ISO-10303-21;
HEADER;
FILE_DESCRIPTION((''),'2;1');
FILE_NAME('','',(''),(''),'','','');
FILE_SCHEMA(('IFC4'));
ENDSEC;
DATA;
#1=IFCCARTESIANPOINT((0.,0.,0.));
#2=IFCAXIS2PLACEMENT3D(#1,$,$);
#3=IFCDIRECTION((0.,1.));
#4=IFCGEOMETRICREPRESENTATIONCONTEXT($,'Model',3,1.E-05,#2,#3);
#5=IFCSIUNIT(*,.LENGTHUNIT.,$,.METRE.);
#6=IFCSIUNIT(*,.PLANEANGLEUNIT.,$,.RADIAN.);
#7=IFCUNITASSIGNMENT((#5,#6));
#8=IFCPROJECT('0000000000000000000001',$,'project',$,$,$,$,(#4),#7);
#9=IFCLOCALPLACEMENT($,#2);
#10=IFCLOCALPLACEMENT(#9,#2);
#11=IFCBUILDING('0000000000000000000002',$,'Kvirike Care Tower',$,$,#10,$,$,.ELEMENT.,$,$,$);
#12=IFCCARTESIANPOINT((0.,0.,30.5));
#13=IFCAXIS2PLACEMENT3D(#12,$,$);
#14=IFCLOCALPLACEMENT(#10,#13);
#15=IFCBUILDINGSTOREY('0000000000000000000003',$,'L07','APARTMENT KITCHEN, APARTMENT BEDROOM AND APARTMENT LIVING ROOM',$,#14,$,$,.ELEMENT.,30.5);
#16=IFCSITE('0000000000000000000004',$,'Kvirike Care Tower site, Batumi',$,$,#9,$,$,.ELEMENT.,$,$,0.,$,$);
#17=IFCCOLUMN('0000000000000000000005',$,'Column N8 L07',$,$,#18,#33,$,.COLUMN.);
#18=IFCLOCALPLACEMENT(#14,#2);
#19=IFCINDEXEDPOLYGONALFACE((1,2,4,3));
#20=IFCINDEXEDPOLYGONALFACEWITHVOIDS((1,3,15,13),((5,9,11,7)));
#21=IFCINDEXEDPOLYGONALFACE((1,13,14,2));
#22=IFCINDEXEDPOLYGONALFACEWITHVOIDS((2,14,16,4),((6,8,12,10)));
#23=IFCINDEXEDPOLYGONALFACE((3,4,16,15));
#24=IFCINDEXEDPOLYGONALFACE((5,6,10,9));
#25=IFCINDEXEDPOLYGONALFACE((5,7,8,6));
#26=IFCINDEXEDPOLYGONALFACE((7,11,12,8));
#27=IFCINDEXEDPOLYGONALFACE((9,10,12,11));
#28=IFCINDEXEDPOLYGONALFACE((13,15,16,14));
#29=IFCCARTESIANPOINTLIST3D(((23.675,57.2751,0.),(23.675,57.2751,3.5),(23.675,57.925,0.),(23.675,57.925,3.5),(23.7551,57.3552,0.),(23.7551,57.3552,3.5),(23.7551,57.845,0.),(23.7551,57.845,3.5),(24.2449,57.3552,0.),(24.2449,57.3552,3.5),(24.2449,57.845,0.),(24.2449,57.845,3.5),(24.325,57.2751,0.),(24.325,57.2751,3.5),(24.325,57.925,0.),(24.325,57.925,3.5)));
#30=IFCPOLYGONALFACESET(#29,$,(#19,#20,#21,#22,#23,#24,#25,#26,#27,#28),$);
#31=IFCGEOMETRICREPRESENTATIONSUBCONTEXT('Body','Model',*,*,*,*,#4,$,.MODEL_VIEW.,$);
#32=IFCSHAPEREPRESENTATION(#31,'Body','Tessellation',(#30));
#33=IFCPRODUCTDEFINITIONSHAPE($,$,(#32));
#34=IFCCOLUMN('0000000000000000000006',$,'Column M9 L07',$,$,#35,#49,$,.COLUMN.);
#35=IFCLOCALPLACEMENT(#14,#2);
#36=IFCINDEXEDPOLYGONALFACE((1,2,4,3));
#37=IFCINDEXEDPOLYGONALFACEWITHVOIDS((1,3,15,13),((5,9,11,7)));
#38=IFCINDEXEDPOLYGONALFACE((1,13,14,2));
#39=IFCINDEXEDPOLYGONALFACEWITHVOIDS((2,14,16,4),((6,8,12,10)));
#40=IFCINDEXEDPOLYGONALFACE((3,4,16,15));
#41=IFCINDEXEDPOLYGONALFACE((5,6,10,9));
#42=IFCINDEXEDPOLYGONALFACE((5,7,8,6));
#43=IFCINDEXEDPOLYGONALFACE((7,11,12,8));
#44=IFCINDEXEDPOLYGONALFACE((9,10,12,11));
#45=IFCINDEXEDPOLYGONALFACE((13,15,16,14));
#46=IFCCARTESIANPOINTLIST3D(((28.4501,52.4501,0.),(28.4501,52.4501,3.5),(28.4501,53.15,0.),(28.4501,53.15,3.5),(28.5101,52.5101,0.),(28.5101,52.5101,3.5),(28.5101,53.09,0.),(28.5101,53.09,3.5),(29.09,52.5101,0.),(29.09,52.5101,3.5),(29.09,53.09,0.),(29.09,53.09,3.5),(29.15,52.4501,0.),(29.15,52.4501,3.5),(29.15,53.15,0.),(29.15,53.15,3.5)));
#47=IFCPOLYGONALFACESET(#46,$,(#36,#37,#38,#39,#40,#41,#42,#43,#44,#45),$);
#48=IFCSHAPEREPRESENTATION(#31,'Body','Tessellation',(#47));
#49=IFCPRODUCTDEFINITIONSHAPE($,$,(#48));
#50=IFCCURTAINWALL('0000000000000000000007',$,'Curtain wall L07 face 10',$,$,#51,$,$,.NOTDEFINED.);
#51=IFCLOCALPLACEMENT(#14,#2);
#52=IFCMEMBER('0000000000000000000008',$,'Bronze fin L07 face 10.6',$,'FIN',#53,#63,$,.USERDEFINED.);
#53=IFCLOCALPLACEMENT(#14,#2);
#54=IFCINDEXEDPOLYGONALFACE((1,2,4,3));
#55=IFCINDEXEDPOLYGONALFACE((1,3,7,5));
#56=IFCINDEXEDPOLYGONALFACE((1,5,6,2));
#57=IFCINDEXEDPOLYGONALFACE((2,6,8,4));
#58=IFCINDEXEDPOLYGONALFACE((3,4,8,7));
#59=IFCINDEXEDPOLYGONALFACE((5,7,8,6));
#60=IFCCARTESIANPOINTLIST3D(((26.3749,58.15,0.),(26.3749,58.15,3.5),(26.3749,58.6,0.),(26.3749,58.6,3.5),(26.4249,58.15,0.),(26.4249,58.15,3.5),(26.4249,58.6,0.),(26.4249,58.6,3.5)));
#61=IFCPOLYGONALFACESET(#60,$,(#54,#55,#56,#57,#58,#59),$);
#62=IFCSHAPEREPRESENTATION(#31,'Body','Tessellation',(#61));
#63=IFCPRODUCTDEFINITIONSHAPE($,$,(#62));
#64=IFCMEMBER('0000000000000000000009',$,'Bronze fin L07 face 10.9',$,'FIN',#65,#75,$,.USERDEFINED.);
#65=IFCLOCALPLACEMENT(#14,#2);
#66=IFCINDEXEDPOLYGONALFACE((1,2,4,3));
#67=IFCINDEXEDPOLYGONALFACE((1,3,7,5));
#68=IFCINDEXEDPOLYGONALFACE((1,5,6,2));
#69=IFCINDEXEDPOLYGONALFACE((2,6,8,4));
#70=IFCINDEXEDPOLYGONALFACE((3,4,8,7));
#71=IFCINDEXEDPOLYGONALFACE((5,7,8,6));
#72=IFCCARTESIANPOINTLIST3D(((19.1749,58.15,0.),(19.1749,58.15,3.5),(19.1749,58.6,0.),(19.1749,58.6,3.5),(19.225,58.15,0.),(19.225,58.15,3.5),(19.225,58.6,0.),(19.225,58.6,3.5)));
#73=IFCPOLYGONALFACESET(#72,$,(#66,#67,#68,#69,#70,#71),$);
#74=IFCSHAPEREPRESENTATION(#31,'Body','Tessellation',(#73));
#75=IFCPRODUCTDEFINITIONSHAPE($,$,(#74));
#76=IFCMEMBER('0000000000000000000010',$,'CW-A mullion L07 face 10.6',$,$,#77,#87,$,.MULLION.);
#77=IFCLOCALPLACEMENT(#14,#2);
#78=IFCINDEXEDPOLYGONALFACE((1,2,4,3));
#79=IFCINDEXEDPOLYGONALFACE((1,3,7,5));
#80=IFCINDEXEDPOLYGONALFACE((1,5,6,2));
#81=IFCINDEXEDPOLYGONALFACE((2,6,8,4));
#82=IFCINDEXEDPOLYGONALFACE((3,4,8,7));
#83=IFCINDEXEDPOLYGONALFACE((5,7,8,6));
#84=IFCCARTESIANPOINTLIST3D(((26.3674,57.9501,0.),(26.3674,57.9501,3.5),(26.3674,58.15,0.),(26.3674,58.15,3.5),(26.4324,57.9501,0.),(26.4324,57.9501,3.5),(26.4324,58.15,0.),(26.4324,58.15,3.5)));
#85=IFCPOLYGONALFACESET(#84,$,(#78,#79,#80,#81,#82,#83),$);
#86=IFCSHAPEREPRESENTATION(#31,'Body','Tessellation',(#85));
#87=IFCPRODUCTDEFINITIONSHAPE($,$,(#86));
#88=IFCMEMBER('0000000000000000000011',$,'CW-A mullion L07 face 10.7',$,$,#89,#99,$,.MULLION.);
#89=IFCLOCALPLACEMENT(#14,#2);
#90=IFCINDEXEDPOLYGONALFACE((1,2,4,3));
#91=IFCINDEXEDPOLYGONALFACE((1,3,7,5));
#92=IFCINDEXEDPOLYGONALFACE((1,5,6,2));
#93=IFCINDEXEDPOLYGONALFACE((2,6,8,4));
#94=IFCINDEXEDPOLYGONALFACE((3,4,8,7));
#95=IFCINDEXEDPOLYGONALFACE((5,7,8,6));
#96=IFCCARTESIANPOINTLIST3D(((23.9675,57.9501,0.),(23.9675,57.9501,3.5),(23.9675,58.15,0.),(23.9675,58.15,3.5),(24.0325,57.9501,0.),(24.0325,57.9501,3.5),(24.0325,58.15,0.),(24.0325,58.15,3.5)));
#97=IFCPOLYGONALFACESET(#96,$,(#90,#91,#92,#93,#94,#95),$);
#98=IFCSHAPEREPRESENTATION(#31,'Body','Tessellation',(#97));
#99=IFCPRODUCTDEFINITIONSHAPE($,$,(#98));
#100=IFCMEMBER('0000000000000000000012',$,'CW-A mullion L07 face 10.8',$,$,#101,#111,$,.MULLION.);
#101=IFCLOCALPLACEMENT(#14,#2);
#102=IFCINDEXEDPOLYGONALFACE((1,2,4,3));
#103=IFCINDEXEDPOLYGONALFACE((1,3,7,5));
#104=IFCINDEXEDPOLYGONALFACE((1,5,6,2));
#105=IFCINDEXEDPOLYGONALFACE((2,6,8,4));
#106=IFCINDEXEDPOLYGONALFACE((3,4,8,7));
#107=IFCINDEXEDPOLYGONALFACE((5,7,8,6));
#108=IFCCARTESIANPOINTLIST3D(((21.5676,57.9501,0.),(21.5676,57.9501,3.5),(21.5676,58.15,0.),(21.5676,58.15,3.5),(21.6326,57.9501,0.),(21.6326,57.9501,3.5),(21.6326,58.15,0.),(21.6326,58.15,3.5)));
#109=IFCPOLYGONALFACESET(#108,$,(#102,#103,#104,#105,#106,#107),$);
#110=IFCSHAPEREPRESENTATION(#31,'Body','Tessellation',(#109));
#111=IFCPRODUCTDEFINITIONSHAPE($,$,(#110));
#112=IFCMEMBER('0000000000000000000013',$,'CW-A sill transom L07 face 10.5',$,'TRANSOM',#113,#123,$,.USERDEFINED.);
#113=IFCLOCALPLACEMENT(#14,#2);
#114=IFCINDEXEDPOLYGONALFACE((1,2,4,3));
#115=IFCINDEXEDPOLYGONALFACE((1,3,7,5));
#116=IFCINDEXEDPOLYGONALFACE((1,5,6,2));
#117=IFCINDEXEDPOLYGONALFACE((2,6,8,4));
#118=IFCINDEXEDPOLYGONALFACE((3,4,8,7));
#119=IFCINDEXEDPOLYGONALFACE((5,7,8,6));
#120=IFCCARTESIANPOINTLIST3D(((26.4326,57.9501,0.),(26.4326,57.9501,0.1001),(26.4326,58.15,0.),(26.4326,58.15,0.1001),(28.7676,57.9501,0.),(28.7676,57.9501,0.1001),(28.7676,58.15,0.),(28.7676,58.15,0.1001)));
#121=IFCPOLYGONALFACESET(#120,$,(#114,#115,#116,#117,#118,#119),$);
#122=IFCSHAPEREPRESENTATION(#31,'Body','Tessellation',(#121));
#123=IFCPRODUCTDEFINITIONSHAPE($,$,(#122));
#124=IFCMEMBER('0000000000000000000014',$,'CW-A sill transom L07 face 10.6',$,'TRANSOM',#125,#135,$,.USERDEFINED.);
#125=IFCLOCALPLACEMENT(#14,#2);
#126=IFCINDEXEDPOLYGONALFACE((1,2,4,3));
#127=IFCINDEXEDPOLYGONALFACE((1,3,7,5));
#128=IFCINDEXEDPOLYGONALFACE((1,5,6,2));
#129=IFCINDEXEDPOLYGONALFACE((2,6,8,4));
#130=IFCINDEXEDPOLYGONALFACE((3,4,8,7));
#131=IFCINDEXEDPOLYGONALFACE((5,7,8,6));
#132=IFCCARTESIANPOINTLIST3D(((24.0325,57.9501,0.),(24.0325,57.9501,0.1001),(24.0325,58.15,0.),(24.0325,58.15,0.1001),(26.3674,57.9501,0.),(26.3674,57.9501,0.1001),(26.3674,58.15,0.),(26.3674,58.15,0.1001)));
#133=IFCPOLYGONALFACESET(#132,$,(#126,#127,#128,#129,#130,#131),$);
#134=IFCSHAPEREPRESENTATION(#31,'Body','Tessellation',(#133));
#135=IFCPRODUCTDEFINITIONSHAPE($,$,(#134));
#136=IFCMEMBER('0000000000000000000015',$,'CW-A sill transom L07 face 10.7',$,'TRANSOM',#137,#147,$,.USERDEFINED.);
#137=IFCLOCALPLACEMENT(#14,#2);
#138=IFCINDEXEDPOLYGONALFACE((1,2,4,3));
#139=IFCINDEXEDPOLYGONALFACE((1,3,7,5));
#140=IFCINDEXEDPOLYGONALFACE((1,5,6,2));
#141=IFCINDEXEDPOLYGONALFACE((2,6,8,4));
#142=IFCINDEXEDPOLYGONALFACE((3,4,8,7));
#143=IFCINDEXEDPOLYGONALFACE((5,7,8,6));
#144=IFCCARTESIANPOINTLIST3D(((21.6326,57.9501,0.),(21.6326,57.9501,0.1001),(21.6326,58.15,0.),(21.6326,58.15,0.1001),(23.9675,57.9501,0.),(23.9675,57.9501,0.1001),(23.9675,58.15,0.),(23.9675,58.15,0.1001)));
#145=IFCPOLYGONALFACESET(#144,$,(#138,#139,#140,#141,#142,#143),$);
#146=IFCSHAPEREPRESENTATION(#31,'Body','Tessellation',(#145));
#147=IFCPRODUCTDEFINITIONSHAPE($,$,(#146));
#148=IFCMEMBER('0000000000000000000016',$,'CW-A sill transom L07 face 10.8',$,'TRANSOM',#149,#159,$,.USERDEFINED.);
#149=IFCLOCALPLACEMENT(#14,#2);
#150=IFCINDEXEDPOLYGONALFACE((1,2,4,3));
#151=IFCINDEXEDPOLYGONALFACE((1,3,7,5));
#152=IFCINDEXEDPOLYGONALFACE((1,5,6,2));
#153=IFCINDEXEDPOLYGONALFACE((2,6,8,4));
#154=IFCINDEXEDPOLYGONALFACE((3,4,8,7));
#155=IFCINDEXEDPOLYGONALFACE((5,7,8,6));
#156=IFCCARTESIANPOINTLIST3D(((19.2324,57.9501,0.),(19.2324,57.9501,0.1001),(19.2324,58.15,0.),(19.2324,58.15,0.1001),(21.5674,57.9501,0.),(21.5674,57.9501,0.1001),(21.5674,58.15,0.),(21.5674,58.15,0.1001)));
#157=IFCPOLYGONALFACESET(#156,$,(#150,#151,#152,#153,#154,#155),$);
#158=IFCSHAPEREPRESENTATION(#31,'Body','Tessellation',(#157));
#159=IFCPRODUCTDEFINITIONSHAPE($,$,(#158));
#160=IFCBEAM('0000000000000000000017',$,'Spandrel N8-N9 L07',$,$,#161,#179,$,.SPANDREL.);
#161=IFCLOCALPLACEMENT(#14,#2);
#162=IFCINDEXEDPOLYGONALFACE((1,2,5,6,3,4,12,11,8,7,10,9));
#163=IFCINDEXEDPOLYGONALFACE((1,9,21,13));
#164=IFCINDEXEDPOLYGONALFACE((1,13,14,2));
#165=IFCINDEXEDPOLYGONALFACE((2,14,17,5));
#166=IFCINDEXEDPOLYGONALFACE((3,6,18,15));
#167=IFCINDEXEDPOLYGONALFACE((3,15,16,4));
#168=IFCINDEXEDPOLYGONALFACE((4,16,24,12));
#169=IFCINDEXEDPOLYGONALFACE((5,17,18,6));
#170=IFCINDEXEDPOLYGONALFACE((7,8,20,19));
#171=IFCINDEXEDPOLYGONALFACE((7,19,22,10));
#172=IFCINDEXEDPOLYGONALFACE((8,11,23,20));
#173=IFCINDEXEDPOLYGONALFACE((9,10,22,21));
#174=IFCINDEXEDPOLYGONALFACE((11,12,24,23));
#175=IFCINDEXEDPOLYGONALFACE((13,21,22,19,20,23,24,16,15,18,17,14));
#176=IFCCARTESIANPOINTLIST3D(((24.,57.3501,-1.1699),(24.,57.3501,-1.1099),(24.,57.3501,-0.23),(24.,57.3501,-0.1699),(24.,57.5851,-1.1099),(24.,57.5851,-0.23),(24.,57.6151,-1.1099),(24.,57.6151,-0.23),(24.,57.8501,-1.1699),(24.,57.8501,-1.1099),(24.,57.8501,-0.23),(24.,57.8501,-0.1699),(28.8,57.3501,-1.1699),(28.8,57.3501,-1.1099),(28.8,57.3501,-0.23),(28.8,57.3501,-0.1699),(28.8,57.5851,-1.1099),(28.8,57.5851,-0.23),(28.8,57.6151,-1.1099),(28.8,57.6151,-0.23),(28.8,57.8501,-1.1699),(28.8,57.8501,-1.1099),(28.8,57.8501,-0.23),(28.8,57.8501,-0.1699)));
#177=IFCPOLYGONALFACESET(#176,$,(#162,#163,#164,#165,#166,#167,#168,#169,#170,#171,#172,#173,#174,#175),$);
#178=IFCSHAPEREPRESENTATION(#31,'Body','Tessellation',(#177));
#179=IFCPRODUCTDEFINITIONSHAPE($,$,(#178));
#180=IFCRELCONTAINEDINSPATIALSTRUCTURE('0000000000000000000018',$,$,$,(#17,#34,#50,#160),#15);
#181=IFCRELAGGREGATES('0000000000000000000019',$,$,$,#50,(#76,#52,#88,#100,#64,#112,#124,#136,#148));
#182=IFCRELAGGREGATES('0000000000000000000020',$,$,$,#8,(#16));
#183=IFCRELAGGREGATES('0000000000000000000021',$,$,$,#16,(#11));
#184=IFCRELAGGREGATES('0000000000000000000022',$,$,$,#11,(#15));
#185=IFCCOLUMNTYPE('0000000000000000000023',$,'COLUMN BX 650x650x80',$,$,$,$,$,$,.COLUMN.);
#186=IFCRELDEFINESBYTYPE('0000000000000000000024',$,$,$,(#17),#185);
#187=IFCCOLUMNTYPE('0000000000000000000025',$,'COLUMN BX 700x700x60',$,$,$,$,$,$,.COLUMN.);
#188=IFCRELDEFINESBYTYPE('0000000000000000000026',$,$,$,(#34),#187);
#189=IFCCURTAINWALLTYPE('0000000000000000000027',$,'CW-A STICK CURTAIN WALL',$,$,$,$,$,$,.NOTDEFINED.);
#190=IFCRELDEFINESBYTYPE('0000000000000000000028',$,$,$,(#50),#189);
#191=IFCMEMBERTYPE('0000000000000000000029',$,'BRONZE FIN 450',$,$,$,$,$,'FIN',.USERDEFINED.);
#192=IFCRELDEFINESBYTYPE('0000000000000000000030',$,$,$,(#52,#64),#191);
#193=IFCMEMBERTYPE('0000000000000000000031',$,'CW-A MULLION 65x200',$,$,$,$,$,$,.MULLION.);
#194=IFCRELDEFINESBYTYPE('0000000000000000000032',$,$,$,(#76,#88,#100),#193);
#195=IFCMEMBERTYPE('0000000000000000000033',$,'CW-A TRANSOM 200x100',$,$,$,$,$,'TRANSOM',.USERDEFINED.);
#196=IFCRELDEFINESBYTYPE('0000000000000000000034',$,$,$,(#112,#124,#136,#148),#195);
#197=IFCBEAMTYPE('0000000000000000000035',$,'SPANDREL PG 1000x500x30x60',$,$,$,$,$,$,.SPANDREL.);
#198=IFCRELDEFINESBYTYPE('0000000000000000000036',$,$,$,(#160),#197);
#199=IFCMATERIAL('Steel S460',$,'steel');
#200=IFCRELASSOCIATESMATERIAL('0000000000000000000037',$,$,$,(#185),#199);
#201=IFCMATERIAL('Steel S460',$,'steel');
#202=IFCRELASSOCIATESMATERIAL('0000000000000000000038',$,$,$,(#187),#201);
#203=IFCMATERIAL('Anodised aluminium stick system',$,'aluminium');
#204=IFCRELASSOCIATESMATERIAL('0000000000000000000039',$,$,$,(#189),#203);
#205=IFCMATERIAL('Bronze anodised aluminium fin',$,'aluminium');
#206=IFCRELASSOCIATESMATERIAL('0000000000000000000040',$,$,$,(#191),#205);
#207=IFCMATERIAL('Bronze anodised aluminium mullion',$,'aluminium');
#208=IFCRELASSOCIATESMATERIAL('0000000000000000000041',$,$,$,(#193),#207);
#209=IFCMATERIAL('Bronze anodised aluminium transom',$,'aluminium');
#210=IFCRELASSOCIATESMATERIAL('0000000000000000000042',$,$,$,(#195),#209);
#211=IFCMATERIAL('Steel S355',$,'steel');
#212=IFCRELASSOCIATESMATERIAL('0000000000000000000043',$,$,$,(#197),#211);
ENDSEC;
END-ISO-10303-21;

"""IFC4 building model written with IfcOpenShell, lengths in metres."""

from ifc_helpers import new_model, si_unit, direction, frame, origin, origin_2d, place, context, subcontext, project, spatial, rectangle, hollow_rectangle, i_section, extrude, material, material_profile, profile_set, type_object, element, aggregate, save


model = new_model("IFC4")

# Units and contexts
model_context = context("Model", 3, precision=1e-05, world=origin(), true_north=direction((0.0, 1.0)))
body_context = subcontext(model_context, "Body", "Model", "MODEL_VIEW")
ifc_project = project(units=[si_unit("LENGTHUNIT", "METRE"), si_unit("PLANEANGLEUNIT", "RADIAN")], contexts=[model_context])

# Site, building, storey
site_placement = place(None, origin())
site = spatial("IfcSite", under=ifc_project, at=site_placement, Name="Kvirike Care Tower site, Batumi", CompositionType="ELEMENT", RefElevation=0.0)
building_placement = place(site_placement, origin())
building = spatial("IfcBuilding", under=site, at=building_placement, Name="Kvirike Care Tower", CompositionType="ELEMENT")
storey_placement = place(building_placement, frame((0.0, 0.0, 30.5)))
storey = spatial("IfcBuildingStorey", under=building, at=storey_placement, Name="L07", Description="APARTMENT KITCHEN, APARTMENT BEDROOM AND APARTMENT LIVING ROOM", CompositionType="ELEMENT", Elevation=30.5)

# Columns
ifc_material_1 = material(Name="Steel S460", Category="steel")
ifc_material_profile_1 = material_profile(ifc_material_1, hollow_rectangle(XDim=0.6499, YDim=0.6499, WallThickness=0.0801, at=origin_2d()), Name="BX 650x650x80")
ifc_profile_set_1 = profile_set([ifc_material_profile_1], Name="Steel S460")
column_type_1 = type_object("IfcColumnType", Name="COLUMN BX 650x650x80", PredefinedType="COLUMN", material=ifc_profile_set_1)
column_1_placement = place(storey_placement, frame((24.0, 57.6001, 0.0), z_axis=(0.0, 0.0, 1.0), x_axis=(0.0, 1.0, 0.0)))
element("IfcColumn", 1, at=column_1_placement, inside=storey, type_object=column_type_1, Name="Column N8 L07", PredefinedType="COLUMN", context=body_context, shape_type="SweptSolid", body=[
    extrude(hollow_rectangle(XDim=0.6499, YDim=0.6499, WallThickness=0.0801, at=origin_2d()), origin(), (0.0, 0.0, 1.0), 3.5),
])
ifc_material_2 = material(Name="Steel S460", Category="steel")
ifc_material_profile_2 = material_profile(ifc_material_2, hollow_rectangle(XDim=0.7, YDim=0.7, WallThickness=0.0601, at=origin_2d()), Name="BX 700x700x60")
ifc_profile_set_2 = profile_set([ifc_material_profile_2], Name="Steel S460")
column_type_2 = type_object("IfcColumnType", Name="COLUMN BX 700x700x60", PredefinedType="COLUMN", material=ifc_profile_set_2)
column_2_placement = place(storey_placement, frame((28.8, 52.8, 0.0), z_axis=(0.0, 0.0, 1.0), x_axis=(1.0, 0.0, 0.0)))
element("IfcColumn", 2, at=column_2_placement, inside=storey, type_object=column_type_2, Name="Column M9 L07", PredefinedType="COLUMN", context=body_context, shape_type="SweptSolid", body=[
    extrude(hollow_rectangle(XDim=0.7, YDim=0.7, WallThickness=0.0601, at=origin_2d()), origin(), (0.0, 0.0, 1.0), 3.5),
])

# Curtain wall, members
ifc_material_3 = material(Name="Anodised aluminium stick system", Category="aluminium")
curtain_wall_type = type_object("IfcCurtainWallType", Name="CW-A STICK CURTAIN WALL", PredefinedType="NOTDEFINED", material=ifc_material_3)
curtain_wall_placement = place(storey_placement, origin())
curtain_wall = element("IfcCurtainWall", 3, at=curtain_wall_placement, inside=storey, type_object=curtain_wall_type, Name="Curtain wall L07 face 10", PredefinedType="NOTDEFINED")
ifc_material_4 = material(Name="Bronze anodised aluminium fin", Category="aluminium")
ifc_material_profile_3 = material_profile(ifc_material_4, rectangle(XDim=0.05, YDim=0.45, at=origin_2d()), Name="BRONZE FIN 450")
ifc_profile_set_3 = profile_set([ifc_material_profile_3], Name="Bronze anodised aluminium fin")
member_type_1 = type_object("IfcMemberType", Name="BRONZE FIN 450", ElementType="FIN", PredefinedType="USERDEFINED", material=ifc_profile_set_3)
member_1_placement = place(storey_placement, frame((26.3999, 58.375, 0.0), z_axis=(0.0, 0.0, 1.0), x_axis=(-1.0, 0.0, 0.0)))
member_1 = element("IfcMember", 4, at=member_1_placement, type_object=member_type_1, Name="Bronze fin L07 face 10.6", ObjectType="FIN", PredefinedType="USERDEFINED", context=body_context, shape_type="SweptSolid", body=[
    extrude(rectangle(XDim=0.05, YDim=0.45, at=origin_2d()), origin(), (0.0, 0.0, 1.0), 3.5),
])
member_2_placement = place(storey_placement, frame((19.2, 58.375, 0.0), z_axis=(0.0, 0.0, 1.0), x_axis=(-1.0, 0.0, 0.0)))
member_2 = element("IfcMember", 5, at=member_2_placement, type_object=member_type_1, Name="Bronze fin L07 face 10.9", ObjectType="FIN", PredefinedType="USERDEFINED", context=body_context, shape_type="SweptSolid", body=[
    extrude(rectangle(XDim=0.05, YDim=0.45, at=origin_2d()), origin(), (0.0, 0.0, 1.0), 3.5),
])
ifc_material_5 = material(Name="Bronze anodised aluminium mullion", Category="aluminium")
ifc_material_profile_4 = material_profile(ifc_material_5, rectangle(XDim=0.0649, YDim=0.2, at=origin_2d()), Name="CW-A MULLION 65x200")
ifc_profile_set_4 = profile_set([ifc_material_profile_4], Name="Bronze anodised aluminium mullion")
member_type_2 = type_object("IfcMemberType", Name="CW-A MULLION 65x200", PredefinedType="MULLION", material=ifc_profile_set_4)
member_3_placement = place(storey_placement, frame((26.3999, 58.05, 0.0), z_axis=(0.0, 0.0, 1.0), x_axis=(-1.0, 0.0, 0.0)))
member_3 = element("IfcMember", 6, at=member_3_placement, type_object=member_type_2, Name="CW-A mullion L07 face 10.6", PredefinedType="MULLION", context=body_context, shape_type="SweptSolid", body=[
    extrude(rectangle(XDim=0.0649, YDim=0.2, at=origin_2d()), origin(), (0.0, 0.0, 1.0), 3.5),
])
member_4_placement = place(storey_placement, frame((24.0, 58.05, 0.0), z_axis=(0.0, 0.0, 1.0), x_axis=(-1.0, 0.0, 0.0)))
member_4 = element("IfcMember", 7, at=member_4_placement, type_object=member_type_2, Name="CW-A mullion L07 face 10.7", PredefinedType="MULLION", context=body_context, shape_type="SweptSolid", body=[
    extrude(rectangle(XDim=0.0649, YDim=0.2, at=origin_2d()), origin(), (0.0, 0.0, 1.0), 3.5),
])
member_5_placement = place(storey_placement, frame((21.6001, 58.05, 0.0), z_axis=(0.0, 0.0, 1.0), x_axis=(-1.0, 0.0, 0.0)))
member_5 = element("IfcMember", 8, at=member_5_placement, type_object=member_type_2, Name="CW-A mullion L07 face 10.8", PredefinedType="MULLION", context=body_context, shape_type="SweptSolid", body=[
    extrude(rectangle(XDim=0.0649, YDim=0.2, at=origin_2d()), origin(), (0.0, 0.0, 1.0), 3.5),
])
ifc_material_6 = material(Name="Bronze anodised aluminium transom", Category="aluminium")
ifc_material_profile_5 = material_profile(ifc_material_6, rectangle(XDim=0.2, YDim=0.1001, at=origin_2d()), Name="CW-A TRANSOM 200x100")
ifc_profile_set_5 = profile_set([ifc_material_profile_5], Name="Bronze anodised aluminium transom")
member_type_3 = type_object("IfcMemberType", Name="CW-A TRANSOM 200x100", ElementType="TRANSOM", PredefinedType="USERDEFINED", material=ifc_profile_set_5)
member_6_placement = place(storey_placement, frame((28.7676, 58.05, 0.05), z_axis=(-1.0, 0.0, 0.0), x_axis=(0.0, -1.0, 0.0)))
member_6 = element("IfcMember", 9, at=member_6_placement, type_object=member_type_3, Name="CW-A sill transom L07 face 10.5", ObjectType="TRANSOM", PredefinedType="USERDEFINED", context=body_context, shape_type="SweptSolid", body=[
    extrude(rectangle(XDim=0.2, YDim=0.1001, at=origin_2d()), origin(), (0.0, 0.0, 1.0), 2.335),
])
member_7_placement = place(storey_placement, frame((26.3674, 58.05, 0.05), z_axis=(-1.0, 0.0, 0.0), x_axis=(0.0, -1.0, 0.0)))
member_7 = element("IfcMember", 10, at=member_7_placement, type_object=member_type_3, Name="CW-A sill transom L07 face 10.6", ObjectType="TRANSOM", PredefinedType="USERDEFINED", context=body_context, shape_type="SweptSolid", body=[
    extrude(rectangle(XDim=0.2, YDim=0.1001, at=origin_2d()), origin(), (0.0, 0.0, 1.0), 2.335),
])
member_8_placement = place(storey_placement, frame((23.9675, 58.05, 0.05), z_axis=(-1.0, 0.0, 0.0), x_axis=(0.0, -1.0, 0.0)))
member_8 = element("IfcMember", 11, at=member_8_placement, type_object=member_type_3, Name="CW-A sill transom L07 face 10.7", ObjectType="TRANSOM", PredefinedType="USERDEFINED", context=body_context, shape_type="SweptSolid", body=[
    extrude(rectangle(XDim=0.2, YDim=0.1001, at=origin_2d()), origin(), (0.0, 0.0, 1.0), 2.335),
])
member_9_placement = place(storey_placement, frame((21.5674, 58.05, 0.05), z_axis=(-1.0, 0.0, 0.0), x_axis=(0.0, -1.0, 0.0)))
member_9 = element("IfcMember", 12, at=member_9_placement, type_object=member_type_3, Name="CW-A sill transom L07 face 10.8", ObjectType="TRANSOM", PredefinedType="USERDEFINED", context=body_context, shape_type="SweptSolid", body=[
    extrude(rectangle(XDim=0.2, YDim=0.1001, at=origin_2d()), origin(), (0.0, 0.0, 1.0), 2.335),
])

# Beam
ifc_material_7 = material(Name="Steel S355", Category="steel")
ifc_material_profile_6 = material_profile(ifc_material_7, i_section(OverallWidth=0.5, OverallDepth=1.0, WebThickness=0.03, FlangeThickness=0.0601, at=origin_2d()), Name="PG 1000x500x30x60")
ifc_profile_set_6 = profile_set([ifc_material_profile_6], Name="Steel S355")
beam_type = type_object("IfcBeamType", Name="SPANDREL PG 1000x500x30x60", PredefinedType="SPANDREL", material=ifc_profile_set_6)
beam_placement = place(storey_placement, frame((24.0, 57.6001, -0.6699), z_axis=(1.0, 0.0, 0.0), x_axis=(0.0, 1.0, 0.0)))
element("IfcBeam", 13, at=beam_placement, inside=storey, type_object=beam_type, Name="Spandrel N8-N9 L07", PredefinedType="SPANDREL", context=body_context, shape_type="SweptSolid", body=[
    extrude(i_section(OverallWidth=0.5, OverallDepth=1.0, WebThickness=0.03, FlangeThickness=0.0601, at=origin_2d()), origin(), (0.0, 0.0, 1.0), 4.8),
])

aggregate(curtain_wall, [member_3, member_1, member_4, member_5, member_2, member_6, member_7, member_8, member_9])

save(model, "model.ifc")
